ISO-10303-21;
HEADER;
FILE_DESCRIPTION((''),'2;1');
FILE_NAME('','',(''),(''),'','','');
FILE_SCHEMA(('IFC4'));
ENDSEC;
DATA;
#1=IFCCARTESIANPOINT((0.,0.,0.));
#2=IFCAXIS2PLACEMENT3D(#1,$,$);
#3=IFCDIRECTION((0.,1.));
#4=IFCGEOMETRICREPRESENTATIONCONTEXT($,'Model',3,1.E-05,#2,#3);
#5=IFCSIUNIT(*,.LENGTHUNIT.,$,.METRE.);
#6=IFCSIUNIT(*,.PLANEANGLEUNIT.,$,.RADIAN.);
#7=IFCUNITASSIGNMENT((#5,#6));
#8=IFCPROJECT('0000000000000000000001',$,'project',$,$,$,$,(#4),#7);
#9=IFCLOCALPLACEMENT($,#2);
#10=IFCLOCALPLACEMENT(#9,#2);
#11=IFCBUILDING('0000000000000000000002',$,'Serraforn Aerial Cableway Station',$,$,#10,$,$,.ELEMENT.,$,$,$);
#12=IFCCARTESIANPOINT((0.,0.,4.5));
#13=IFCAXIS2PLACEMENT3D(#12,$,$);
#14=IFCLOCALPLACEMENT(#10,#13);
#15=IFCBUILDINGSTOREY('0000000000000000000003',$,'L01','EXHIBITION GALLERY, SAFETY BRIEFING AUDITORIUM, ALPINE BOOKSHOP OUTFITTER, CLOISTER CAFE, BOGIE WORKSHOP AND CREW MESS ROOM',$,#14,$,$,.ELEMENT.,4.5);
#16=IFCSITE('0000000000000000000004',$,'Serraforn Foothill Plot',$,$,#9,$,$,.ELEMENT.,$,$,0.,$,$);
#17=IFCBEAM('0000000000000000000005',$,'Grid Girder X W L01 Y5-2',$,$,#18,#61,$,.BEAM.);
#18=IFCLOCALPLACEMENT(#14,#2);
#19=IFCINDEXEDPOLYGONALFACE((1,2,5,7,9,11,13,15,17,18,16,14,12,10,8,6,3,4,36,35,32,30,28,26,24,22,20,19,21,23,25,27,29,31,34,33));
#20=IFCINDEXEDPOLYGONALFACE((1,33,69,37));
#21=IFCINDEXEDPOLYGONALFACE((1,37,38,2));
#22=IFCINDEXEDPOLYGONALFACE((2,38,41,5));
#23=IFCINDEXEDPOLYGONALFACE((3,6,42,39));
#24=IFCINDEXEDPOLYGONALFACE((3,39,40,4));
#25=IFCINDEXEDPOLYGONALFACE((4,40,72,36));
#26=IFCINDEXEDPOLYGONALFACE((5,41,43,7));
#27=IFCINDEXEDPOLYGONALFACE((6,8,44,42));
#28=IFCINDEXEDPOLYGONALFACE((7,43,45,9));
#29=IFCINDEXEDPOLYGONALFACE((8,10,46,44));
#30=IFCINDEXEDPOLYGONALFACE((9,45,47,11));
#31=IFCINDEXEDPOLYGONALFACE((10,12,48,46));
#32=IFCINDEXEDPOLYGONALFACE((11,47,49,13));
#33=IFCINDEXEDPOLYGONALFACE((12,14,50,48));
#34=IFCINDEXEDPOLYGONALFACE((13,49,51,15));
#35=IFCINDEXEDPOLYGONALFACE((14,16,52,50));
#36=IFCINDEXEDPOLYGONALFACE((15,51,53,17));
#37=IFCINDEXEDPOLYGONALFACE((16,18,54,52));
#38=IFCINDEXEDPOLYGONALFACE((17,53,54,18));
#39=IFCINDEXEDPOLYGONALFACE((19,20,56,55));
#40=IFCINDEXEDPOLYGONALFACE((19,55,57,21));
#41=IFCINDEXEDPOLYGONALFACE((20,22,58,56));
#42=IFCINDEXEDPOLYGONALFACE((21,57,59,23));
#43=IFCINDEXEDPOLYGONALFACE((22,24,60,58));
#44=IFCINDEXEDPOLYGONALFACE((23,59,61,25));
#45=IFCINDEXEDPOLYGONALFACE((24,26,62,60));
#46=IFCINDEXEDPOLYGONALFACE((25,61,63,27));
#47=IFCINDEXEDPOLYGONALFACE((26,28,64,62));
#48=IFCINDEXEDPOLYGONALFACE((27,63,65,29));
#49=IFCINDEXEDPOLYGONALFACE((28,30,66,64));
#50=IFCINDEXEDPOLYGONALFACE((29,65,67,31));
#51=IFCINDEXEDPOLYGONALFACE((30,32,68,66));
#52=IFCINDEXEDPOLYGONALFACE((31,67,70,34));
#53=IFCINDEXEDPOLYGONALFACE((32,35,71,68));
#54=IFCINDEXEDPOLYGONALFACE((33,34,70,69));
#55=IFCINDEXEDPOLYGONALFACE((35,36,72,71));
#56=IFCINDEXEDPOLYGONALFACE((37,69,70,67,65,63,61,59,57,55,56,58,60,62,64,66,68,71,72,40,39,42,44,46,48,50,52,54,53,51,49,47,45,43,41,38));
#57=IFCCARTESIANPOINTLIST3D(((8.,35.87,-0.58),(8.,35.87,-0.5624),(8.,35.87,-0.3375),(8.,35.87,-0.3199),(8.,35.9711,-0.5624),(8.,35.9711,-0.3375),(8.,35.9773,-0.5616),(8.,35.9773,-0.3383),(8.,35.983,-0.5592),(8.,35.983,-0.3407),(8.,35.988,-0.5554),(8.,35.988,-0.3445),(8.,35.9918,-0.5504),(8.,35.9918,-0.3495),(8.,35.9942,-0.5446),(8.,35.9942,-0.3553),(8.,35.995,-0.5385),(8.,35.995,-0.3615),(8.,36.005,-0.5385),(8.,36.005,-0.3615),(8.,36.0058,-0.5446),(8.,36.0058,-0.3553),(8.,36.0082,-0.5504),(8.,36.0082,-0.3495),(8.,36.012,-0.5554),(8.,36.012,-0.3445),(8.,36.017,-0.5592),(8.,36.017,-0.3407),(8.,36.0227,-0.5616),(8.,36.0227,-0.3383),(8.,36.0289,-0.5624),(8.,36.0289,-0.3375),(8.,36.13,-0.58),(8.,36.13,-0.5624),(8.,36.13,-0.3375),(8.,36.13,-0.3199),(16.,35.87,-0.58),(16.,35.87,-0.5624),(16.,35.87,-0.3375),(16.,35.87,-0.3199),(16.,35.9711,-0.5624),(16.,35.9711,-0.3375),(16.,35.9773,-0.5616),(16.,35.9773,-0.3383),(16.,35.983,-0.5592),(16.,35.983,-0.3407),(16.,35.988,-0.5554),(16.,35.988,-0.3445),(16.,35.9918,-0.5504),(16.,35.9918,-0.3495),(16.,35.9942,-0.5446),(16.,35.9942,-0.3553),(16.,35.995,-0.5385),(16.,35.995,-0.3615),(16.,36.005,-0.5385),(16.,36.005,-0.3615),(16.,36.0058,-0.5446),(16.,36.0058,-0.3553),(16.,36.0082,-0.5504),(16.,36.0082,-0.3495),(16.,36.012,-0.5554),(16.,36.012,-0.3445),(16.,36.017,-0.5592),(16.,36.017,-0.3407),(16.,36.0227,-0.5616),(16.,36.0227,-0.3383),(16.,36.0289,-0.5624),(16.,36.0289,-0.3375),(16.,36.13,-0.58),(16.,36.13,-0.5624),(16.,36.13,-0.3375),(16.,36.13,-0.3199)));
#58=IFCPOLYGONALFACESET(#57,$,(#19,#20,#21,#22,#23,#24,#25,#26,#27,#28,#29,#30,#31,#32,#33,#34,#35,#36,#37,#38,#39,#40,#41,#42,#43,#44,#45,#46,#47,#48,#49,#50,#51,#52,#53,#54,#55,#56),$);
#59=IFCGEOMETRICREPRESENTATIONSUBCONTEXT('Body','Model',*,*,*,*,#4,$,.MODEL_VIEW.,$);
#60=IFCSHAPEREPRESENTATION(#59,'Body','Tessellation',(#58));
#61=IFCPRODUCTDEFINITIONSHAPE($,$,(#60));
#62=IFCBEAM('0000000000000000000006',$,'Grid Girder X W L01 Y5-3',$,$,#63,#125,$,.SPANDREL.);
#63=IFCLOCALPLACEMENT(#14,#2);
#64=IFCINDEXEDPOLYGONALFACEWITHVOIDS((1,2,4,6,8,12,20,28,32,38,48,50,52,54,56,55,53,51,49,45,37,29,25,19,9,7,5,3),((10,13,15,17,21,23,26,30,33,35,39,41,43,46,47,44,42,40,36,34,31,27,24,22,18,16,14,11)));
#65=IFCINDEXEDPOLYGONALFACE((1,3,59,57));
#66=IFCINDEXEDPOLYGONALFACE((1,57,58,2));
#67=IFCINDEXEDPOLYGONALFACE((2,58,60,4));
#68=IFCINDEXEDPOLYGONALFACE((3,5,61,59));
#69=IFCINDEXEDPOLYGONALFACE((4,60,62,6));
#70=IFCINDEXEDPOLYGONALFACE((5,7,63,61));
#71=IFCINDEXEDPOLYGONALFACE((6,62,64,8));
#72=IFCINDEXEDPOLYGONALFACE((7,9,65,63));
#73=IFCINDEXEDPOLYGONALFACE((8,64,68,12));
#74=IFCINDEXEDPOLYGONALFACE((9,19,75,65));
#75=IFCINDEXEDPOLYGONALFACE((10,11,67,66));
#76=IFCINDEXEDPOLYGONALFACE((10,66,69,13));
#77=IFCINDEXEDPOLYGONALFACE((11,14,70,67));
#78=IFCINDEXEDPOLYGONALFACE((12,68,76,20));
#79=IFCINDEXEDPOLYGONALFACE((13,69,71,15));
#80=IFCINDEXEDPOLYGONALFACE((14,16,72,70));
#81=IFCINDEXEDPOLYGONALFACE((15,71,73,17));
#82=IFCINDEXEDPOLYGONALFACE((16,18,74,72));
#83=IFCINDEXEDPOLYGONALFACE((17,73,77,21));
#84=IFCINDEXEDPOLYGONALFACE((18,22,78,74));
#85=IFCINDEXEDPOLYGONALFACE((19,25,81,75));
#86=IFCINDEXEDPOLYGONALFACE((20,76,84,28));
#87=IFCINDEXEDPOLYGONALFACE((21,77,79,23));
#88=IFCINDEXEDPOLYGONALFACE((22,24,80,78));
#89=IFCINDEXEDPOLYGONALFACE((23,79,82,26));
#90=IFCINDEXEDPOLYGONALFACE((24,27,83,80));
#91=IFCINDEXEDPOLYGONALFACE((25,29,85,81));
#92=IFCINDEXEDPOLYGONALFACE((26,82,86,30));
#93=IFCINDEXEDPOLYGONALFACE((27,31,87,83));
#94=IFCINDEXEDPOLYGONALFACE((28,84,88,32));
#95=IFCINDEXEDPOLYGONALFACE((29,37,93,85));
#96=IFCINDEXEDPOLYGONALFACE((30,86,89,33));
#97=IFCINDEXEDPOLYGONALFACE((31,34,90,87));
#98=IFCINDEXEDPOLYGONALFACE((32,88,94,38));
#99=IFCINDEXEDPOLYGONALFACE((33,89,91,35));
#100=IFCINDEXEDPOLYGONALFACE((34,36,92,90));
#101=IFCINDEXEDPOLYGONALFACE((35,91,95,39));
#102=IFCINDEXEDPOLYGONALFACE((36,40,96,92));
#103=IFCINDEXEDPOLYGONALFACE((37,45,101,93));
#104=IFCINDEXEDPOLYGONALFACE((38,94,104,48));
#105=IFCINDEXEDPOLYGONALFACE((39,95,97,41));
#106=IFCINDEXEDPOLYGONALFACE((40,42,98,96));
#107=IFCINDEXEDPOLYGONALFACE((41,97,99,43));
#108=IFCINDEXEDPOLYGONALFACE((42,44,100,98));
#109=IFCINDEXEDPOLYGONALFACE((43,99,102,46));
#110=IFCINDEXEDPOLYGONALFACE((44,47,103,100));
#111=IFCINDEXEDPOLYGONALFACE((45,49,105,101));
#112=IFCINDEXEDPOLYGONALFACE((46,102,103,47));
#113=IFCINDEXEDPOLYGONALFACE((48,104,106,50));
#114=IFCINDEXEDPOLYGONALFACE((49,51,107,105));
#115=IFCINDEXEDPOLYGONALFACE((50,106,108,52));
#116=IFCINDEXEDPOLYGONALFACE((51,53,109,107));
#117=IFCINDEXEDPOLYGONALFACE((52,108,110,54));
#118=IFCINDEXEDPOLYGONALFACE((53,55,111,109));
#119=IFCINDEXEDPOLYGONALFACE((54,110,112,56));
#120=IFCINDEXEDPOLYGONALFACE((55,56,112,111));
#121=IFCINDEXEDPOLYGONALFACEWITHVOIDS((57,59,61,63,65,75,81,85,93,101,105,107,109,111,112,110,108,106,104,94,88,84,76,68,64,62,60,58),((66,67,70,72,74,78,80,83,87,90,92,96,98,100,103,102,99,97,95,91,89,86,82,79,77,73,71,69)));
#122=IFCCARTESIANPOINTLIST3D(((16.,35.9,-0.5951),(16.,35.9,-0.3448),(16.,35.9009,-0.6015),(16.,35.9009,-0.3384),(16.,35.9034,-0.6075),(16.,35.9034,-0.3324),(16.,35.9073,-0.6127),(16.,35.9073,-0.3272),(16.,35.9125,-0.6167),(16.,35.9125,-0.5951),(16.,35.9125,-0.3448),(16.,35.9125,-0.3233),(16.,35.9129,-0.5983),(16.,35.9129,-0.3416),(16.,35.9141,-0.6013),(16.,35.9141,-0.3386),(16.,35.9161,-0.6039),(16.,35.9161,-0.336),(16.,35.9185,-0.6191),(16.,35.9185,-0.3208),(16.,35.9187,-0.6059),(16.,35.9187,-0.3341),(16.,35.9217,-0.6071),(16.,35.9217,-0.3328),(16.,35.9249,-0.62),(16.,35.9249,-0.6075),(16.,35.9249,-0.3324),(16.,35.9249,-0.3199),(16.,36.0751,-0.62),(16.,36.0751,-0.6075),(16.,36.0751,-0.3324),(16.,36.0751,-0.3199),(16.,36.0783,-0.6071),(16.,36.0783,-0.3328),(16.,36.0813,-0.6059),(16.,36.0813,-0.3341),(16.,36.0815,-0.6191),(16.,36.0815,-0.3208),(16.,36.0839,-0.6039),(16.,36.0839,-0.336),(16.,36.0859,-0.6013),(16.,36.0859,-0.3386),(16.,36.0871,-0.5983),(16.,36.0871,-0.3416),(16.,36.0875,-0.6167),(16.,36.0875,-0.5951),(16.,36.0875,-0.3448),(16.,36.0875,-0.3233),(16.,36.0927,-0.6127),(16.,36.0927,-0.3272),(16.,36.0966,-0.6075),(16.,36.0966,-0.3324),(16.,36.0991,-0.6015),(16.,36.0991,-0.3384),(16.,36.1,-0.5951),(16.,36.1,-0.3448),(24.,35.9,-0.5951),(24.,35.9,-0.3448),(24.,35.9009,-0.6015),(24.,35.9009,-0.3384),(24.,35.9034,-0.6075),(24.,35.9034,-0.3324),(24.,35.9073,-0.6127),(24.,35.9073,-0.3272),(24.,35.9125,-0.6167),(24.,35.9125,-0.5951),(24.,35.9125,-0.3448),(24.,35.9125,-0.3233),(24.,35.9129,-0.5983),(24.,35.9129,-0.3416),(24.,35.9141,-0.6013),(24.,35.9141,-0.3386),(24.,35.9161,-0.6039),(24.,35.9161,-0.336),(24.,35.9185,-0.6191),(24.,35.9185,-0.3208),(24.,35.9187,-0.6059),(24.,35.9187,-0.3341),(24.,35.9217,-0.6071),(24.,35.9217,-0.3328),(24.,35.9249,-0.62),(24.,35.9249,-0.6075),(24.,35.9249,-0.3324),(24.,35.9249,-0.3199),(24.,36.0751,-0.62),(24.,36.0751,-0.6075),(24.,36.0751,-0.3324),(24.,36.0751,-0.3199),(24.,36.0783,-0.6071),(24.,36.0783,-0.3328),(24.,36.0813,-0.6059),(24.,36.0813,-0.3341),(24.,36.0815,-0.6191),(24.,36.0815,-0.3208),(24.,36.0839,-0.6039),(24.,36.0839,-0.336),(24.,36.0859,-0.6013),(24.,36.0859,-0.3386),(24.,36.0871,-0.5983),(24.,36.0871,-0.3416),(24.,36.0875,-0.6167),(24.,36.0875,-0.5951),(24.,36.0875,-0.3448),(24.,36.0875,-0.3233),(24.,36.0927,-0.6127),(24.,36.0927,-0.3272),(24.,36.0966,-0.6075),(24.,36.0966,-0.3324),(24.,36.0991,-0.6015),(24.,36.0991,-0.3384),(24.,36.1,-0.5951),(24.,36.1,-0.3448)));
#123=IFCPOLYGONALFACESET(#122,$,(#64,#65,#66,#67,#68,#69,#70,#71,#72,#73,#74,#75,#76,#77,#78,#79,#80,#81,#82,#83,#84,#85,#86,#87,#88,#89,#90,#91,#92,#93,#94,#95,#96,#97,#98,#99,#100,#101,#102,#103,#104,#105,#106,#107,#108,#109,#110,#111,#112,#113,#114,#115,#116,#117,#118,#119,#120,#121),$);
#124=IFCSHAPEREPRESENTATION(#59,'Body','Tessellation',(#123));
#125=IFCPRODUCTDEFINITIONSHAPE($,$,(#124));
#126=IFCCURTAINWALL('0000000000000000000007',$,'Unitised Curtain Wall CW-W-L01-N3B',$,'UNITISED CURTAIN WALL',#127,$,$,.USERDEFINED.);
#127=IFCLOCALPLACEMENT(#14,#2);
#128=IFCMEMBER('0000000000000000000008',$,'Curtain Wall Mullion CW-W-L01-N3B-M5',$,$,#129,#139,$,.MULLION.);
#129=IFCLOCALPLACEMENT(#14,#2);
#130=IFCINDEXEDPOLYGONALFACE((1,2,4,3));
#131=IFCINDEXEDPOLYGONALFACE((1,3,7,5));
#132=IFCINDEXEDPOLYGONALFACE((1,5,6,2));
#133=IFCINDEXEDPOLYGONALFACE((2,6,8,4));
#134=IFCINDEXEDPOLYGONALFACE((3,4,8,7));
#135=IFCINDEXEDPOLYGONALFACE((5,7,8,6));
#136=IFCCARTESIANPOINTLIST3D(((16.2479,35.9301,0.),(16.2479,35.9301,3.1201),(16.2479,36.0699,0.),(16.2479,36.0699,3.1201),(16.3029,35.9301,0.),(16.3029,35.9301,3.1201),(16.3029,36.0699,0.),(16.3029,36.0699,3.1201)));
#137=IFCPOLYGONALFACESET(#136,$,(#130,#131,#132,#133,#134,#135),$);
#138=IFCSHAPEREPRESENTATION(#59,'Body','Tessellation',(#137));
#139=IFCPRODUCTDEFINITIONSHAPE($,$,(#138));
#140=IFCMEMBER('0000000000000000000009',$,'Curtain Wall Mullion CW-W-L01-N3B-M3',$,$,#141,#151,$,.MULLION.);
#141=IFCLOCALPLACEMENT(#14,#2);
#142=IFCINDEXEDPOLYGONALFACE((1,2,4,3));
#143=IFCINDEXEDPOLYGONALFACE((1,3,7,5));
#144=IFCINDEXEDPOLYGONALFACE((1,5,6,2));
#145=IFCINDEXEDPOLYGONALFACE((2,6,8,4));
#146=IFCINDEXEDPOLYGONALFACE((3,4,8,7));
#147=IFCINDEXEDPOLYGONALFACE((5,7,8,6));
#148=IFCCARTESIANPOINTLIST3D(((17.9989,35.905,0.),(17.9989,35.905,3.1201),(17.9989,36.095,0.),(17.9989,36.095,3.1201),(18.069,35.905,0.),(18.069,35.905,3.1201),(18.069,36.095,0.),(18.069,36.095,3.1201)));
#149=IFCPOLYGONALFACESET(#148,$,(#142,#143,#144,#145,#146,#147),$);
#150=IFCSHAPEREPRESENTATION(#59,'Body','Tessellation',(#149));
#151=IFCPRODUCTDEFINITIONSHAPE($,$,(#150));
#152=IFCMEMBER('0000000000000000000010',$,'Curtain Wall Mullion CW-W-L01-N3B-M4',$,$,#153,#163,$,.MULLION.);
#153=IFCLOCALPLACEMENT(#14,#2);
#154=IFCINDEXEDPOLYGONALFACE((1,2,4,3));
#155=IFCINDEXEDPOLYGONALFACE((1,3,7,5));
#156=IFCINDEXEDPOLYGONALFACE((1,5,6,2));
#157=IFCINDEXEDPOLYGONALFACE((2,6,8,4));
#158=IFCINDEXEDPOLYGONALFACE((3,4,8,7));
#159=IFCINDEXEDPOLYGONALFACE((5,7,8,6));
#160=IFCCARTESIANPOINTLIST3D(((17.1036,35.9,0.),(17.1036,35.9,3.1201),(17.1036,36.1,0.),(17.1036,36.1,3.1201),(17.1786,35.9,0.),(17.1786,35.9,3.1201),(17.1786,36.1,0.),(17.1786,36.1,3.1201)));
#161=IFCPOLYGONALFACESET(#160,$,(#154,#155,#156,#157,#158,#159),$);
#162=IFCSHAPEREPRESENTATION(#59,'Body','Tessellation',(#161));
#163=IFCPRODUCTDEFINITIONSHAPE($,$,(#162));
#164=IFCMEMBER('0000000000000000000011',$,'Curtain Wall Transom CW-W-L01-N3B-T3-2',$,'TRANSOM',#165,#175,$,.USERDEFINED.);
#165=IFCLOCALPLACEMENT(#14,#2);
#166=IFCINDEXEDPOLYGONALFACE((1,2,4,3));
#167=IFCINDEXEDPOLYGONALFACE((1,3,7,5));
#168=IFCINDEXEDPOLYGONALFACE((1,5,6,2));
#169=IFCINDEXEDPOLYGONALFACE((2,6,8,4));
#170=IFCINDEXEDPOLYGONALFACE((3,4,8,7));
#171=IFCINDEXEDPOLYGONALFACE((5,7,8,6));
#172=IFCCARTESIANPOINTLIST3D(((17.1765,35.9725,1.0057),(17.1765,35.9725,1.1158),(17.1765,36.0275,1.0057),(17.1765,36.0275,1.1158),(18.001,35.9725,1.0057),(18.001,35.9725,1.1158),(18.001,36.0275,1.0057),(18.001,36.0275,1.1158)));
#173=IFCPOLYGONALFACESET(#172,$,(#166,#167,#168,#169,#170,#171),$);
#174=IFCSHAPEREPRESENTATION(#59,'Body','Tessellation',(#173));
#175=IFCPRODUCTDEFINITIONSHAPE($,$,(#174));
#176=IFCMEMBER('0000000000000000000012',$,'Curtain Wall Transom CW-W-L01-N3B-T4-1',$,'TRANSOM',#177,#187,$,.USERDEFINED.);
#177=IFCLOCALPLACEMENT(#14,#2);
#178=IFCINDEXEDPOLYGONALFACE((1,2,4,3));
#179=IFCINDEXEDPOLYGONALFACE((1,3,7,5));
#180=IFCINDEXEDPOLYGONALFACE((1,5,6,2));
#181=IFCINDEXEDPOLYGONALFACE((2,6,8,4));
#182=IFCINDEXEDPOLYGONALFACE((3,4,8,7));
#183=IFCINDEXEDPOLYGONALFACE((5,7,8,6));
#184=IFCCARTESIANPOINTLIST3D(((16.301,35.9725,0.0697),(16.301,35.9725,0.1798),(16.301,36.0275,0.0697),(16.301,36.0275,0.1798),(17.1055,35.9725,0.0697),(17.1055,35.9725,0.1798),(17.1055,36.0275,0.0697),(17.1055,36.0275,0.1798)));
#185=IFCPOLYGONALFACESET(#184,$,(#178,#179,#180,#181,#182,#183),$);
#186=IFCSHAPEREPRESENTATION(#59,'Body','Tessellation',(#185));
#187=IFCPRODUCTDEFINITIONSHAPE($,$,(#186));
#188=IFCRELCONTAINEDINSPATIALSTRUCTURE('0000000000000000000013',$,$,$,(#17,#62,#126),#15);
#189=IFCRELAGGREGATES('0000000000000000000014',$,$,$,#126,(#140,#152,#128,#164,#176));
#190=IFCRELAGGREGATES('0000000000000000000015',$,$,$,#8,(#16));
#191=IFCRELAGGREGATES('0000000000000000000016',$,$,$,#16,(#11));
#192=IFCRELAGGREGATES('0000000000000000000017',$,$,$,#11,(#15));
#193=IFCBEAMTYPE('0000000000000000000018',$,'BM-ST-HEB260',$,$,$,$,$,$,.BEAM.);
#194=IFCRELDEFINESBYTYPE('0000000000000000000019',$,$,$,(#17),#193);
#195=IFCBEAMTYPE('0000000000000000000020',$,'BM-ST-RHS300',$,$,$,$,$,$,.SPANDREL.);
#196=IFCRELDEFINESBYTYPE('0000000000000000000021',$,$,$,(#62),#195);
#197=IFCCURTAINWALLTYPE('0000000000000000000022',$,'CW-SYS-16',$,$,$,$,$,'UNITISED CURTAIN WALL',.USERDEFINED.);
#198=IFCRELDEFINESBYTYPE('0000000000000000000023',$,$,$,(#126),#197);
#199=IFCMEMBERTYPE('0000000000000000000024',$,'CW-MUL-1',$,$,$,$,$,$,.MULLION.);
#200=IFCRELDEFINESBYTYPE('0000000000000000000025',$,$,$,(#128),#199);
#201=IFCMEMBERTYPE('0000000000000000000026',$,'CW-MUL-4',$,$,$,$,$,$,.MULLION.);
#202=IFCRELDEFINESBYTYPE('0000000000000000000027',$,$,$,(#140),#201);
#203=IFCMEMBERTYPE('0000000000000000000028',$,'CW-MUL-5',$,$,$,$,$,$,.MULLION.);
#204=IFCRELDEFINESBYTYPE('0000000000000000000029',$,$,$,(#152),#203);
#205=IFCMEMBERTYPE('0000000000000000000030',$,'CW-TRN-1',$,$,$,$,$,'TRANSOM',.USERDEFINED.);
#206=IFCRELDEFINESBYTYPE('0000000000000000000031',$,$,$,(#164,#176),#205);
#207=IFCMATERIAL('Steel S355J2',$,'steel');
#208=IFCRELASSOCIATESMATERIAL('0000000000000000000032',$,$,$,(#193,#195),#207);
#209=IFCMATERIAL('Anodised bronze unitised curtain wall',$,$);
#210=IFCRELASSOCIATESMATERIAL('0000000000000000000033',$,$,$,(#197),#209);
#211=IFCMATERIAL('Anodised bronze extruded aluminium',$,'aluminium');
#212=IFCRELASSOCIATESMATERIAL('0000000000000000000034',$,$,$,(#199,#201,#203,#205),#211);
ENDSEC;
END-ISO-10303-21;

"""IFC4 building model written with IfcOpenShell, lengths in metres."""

from ifc_helpers import new_model, si_unit, direction, frame, origin, origin_2d, place, context, subcontext, project, spatial, rectangle, hollow_rectangle, i_section, extrude, material, material_profile, profile_set, type_object, element, aggregate, save


model = new_model("IFC4")

# Units and contexts
model_context = context("Model", 3, precision=1e-05, world=origin(), true_north=direction((0.0, 1.0)))
body_context = subcontext(model_context, "Body", "Model", "MODEL_VIEW")
ifc_project = project(units=[si_unit("LENGTHUNIT", "METRE"), si_unit("PLANEANGLEUNIT", "RADIAN")], contexts=[model_context])

# Site, building, storey
site_placement = place(None, origin())
site = spatial("IfcSite", under=ifc_project, at=site_placement, Name="Serraforn Foothill Plot", CompositionType="ELEMENT", RefElevation=0.0)
building_placement = place(site_placement, origin())
building = spatial("IfcBuilding", under=site, at=building_placement, Name="Serraforn Aerial Cableway Station", CompositionType="ELEMENT")
storey_placement = place(building_placement, frame((0.0, 0.0, 4.5)))
storey = spatial("IfcBuildingStorey", under=building, at=storey_placement, Name="L01", Description="EXHIBITION GALLERY, SAFETY BRIEFING AUDITORIUM, ALPINE BOOKSHOP OUTFITTER, CLOISTER CAFE, BOGIE WORKSHOP AND CREW MESS ROOM", CompositionType="ELEMENT", Elevation=4.5)

# Beams
ifc_material_1 = material(Name="Steel S355J2", Category="steel")
ifc_material_profile_1 = material_profile(ifc_material_1, i_section(OverallWidth=0.26, OverallDepth=0.26, WebThickness=0.01, FlangeThickness=0.0176, FilletRadius=0.0239, at=origin_2d()), Name="HEB 260")
ifc_profile_set_1 = profile_set([ifc_material_profile_1], Name="Steel S355J2")
beam_type_1 = type_object("IfcBeamType", Name="BM-ST-HEB260", PredefinedType="BEAM", material=ifc_profile_set_1)
beam_1_placement = place(storey_placement, frame((8.0, 36.0, -0.45), z_axis=(1.0, 0.0, 0.0), x_axis=(0.0, 1.0, 0.0)))
element("IfcBeam", 1, at=beam_1_placement, inside=storey, type_object=beam_type_1, Name="Grid Girder X W L01 Y5-2", PredefinedType="BEAM", context=body_context, shape_type="SweptSolid", body=[
    extrude(i_section(OverallWidth=0.26, OverallDepth=0.26, WebThickness=0.01, FlangeThickness=0.0176, FilletRadius=0.0239, at=origin_2d()), origin(), (0.0, 0.0, 1.0), 8.0),
])
ifc_material_profile_2 = material_profile(ifc_material_1, hollow_rectangle(XDim=0.2, YDim=0.3, WallThickness=0.0125, InnerFilletRadius=0.0125, OuterFilletRadius=0.0249, at=origin_2d()), Name="RHS 300x200x12.5")
ifc_profile_set_2 = profile_set([ifc_material_profile_2], Name="Steel S355J2")
beam_type_2 = type_object("IfcBeamType", Name="BM-ST-RHS300", PredefinedType="SPANDREL", material=ifc_profile_set_2)
beam_2_placement = place(storey_placement, frame((16.0, 36.0, -0.47), z_axis=(1.0, 0.0, 0.0), x_axis=(0.0, 1.0, 0.0)))
element("IfcBeam", 2, at=beam_2_placement, inside=storey, type_object=beam_type_2, Name="Grid Girder X W L01 Y5-3", PredefinedType="SPANDREL", context=body_context, shape_type="SweptSolid", body=[
    extrude(hollow_rectangle(XDim=0.2, YDim=0.3, WallThickness=0.0125, InnerFilletRadius=0.0125, OuterFilletRadius=0.0249, at=origin_2d()), origin(), (0.0, 0.0, 1.0), 8.0),
])

# Curtain wall, members
ifc_material_2 = material(Name="Anodised bronze unitised curtain wall")
curtain_wall_type = type_object("IfcCurtainWallType", Name="CW-SYS-16", ElementType="UNITISED CURTAIN WALL", PredefinedType="USERDEFINED", material=ifc_material_2)
curtain_wall_placement = place(storey_placement, origin())
curtain_wall = element("IfcCurtainWall", 3, at=curtain_wall_placement, inside=storey, type_object=curtain_wall_type, Name="Unitised Curtain Wall CW-W-L01-N3B", ObjectType="UNITISED CURTAIN WALL", PredefinedType="USERDEFINED")
ifc_material_3 = material(Name="Anodised bronze extruded aluminium", Category="aluminium")
ifc_material_profile_3 = material_profile(ifc_material_3, rectangle(XDim=0.0549, YDim=0.1399, at=origin_2d()), Name="CW MULLION 55x140")
ifc_profile_set_3 = profile_set([ifc_material_profile_3], Name="Anodised bronze extruded aluminium")
member_type_1 = type_object("IfcMemberType", Name="CW-MUL-1", PredefinedType="MULLION", material=ifc_profile_set_3)
member_1_placement = place(storey_placement, frame((16.2754, 36.0, 0.0), z_axis=(0.0, 0.0, 1.0), x_axis=(-1.0, 0.0, 0.0)))
member_1 = element("IfcMember", 4, at=member_1_placement, type_object=member_type_1, Name="Curtain Wall Mullion CW-W-L01-N3B-M5", PredefinedType="MULLION", context=body_context, shape_type="SweptSolid", body=[
    extrude(rectangle(XDim=0.0549, YDim=0.1399, at=origin_2d()), origin(), (0.0, 0.0, 1.0), 3.1201),
])
ifc_material_profile_4 = material_profile(ifc_material_3, rectangle(XDim=0.0701, YDim=0.1899, at=origin_2d()), Name="CW MULLION 70x190")
ifc_profile_set_4 = profile_set([ifc_material_profile_4], Name="Anodised bronze extruded aluminium")
member_type_2 = type_object("IfcMemberType", Name="CW-MUL-4", PredefinedType="MULLION", material=ifc_profile_set_4)
member_2_placement = place(storey_placement, frame((18.0339, 36.0, 0.0), z_axis=(0.0, 0.0, 1.0), x_axis=(-1.0, 0.0, 0.0)))
member_2 = element("IfcMember", 5, at=member_2_placement, type_object=member_type_2, Name="Curtain Wall Mullion CW-W-L01-N3B-M3", PredefinedType="MULLION", context=body_context, shape_type="SweptSolid", body=[
    extrude(rectangle(XDim=0.0701, YDim=0.1899, at=origin_2d()), origin(), (0.0, 0.0, 1.0), 3.1201),
])
ifc_material_profile_5 = material_profile(ifc_material_3, rectangle(XDim=0.075, YDim=0.2, at=origin_2d()), Name="CW MULLION 75x200")
ifc_profile_set_5 = profile_set([ifc_material_profile_5], Name="Anodised bronze extruded aluminium")
member_type_3 = type_object("IfcMemberType", Name="CW-MUL-5", PredefinedType="MULLION", material=ifc_profile_set_5)
member_3_placement = place(storey_placement, frame((17.1411, 36.0, 0.0), z_axis=(0.0, 0.0, 1.0), x_axis=(-1.0, 0.0, 0.0)))
member_3 = element("IfcMember", 6, at=member_3_placement, type_object=member_type_3, Name="Curtain Wall Mullion CW-W-L01-N3B-M4", PredefinedType="MULLION", context=body_context, shape_type="SweptSolid", body=[
    extrude(rectangle(XDim=0.075, YDim=0.2, at=origin_2d()), origin(), (0.0, 0.0, 1.0), 3.1201),
])
ifc_material_profile_6 = material_profile(ifc_material_3, rectangle(XDim=0.0549, YDim=0.1101, at=origin_2d()), Name="CW TRANSOM 55x110")
ifc_profile_set_6 = profile_set([ifc_material_profile_6], Name="Anodised bronze extruded aluminium")
member_type_4 = type_object("IfcMemberType", Name="CW-TRN-1", ElementType="TRANSOM", PredefinedType="USERDEFINED", material=ifc_profile_set_6)
member_4_placement = place(storey_placement, frame((18.001, 36.0, 1.0608), z_axis=(-1.0, 0.0, 0.0), x_axis=(0.0, -1.0, 0.0)))
member_4 = element("IfcMember", 7, at=member_4_placement, type_object=member_type_4, Name="Curtain Wall Transom CW-W-L01-N3B-T3-2", ObjectType="TRANSOM", PredefinedType="USERDEFINED", context=body_context, shape_type="SweptSolid", body=[
    extrude(rectangle(XDim=0.0549, YDim=0.1101, at=origin_2d()), origin(), (0.0, 0.0, 1.0), 0.8245),
])
member_5_placement = place(storey_placement, frame((17.1055, 36.0, 0.1248), z_axis=(-1.0, 0.0, 0.0), x_axis=(0.0, -1.0, 0.0)))
member_5 = element("IfcMember", 8, at=member_5_placement, type_object=member_type_4, Name="Curtain Wall Transom CW-W-L01-N3B-T4-1", ObjectType="TRANSOM", PredefinedType="USERDEFINED", context=body_context, shape_type="SweptSolid", body=[
    extrude(rectangle(XDim=0.0549, YDim=0.1101, at=origin_2d()), origin(), (0.0, 0.0, 1.0), 0.8044),
])
aggregate(curtain_wall, [member_2, member_3, member_1, member_4, member_5])

save(model, "model.ifc")
